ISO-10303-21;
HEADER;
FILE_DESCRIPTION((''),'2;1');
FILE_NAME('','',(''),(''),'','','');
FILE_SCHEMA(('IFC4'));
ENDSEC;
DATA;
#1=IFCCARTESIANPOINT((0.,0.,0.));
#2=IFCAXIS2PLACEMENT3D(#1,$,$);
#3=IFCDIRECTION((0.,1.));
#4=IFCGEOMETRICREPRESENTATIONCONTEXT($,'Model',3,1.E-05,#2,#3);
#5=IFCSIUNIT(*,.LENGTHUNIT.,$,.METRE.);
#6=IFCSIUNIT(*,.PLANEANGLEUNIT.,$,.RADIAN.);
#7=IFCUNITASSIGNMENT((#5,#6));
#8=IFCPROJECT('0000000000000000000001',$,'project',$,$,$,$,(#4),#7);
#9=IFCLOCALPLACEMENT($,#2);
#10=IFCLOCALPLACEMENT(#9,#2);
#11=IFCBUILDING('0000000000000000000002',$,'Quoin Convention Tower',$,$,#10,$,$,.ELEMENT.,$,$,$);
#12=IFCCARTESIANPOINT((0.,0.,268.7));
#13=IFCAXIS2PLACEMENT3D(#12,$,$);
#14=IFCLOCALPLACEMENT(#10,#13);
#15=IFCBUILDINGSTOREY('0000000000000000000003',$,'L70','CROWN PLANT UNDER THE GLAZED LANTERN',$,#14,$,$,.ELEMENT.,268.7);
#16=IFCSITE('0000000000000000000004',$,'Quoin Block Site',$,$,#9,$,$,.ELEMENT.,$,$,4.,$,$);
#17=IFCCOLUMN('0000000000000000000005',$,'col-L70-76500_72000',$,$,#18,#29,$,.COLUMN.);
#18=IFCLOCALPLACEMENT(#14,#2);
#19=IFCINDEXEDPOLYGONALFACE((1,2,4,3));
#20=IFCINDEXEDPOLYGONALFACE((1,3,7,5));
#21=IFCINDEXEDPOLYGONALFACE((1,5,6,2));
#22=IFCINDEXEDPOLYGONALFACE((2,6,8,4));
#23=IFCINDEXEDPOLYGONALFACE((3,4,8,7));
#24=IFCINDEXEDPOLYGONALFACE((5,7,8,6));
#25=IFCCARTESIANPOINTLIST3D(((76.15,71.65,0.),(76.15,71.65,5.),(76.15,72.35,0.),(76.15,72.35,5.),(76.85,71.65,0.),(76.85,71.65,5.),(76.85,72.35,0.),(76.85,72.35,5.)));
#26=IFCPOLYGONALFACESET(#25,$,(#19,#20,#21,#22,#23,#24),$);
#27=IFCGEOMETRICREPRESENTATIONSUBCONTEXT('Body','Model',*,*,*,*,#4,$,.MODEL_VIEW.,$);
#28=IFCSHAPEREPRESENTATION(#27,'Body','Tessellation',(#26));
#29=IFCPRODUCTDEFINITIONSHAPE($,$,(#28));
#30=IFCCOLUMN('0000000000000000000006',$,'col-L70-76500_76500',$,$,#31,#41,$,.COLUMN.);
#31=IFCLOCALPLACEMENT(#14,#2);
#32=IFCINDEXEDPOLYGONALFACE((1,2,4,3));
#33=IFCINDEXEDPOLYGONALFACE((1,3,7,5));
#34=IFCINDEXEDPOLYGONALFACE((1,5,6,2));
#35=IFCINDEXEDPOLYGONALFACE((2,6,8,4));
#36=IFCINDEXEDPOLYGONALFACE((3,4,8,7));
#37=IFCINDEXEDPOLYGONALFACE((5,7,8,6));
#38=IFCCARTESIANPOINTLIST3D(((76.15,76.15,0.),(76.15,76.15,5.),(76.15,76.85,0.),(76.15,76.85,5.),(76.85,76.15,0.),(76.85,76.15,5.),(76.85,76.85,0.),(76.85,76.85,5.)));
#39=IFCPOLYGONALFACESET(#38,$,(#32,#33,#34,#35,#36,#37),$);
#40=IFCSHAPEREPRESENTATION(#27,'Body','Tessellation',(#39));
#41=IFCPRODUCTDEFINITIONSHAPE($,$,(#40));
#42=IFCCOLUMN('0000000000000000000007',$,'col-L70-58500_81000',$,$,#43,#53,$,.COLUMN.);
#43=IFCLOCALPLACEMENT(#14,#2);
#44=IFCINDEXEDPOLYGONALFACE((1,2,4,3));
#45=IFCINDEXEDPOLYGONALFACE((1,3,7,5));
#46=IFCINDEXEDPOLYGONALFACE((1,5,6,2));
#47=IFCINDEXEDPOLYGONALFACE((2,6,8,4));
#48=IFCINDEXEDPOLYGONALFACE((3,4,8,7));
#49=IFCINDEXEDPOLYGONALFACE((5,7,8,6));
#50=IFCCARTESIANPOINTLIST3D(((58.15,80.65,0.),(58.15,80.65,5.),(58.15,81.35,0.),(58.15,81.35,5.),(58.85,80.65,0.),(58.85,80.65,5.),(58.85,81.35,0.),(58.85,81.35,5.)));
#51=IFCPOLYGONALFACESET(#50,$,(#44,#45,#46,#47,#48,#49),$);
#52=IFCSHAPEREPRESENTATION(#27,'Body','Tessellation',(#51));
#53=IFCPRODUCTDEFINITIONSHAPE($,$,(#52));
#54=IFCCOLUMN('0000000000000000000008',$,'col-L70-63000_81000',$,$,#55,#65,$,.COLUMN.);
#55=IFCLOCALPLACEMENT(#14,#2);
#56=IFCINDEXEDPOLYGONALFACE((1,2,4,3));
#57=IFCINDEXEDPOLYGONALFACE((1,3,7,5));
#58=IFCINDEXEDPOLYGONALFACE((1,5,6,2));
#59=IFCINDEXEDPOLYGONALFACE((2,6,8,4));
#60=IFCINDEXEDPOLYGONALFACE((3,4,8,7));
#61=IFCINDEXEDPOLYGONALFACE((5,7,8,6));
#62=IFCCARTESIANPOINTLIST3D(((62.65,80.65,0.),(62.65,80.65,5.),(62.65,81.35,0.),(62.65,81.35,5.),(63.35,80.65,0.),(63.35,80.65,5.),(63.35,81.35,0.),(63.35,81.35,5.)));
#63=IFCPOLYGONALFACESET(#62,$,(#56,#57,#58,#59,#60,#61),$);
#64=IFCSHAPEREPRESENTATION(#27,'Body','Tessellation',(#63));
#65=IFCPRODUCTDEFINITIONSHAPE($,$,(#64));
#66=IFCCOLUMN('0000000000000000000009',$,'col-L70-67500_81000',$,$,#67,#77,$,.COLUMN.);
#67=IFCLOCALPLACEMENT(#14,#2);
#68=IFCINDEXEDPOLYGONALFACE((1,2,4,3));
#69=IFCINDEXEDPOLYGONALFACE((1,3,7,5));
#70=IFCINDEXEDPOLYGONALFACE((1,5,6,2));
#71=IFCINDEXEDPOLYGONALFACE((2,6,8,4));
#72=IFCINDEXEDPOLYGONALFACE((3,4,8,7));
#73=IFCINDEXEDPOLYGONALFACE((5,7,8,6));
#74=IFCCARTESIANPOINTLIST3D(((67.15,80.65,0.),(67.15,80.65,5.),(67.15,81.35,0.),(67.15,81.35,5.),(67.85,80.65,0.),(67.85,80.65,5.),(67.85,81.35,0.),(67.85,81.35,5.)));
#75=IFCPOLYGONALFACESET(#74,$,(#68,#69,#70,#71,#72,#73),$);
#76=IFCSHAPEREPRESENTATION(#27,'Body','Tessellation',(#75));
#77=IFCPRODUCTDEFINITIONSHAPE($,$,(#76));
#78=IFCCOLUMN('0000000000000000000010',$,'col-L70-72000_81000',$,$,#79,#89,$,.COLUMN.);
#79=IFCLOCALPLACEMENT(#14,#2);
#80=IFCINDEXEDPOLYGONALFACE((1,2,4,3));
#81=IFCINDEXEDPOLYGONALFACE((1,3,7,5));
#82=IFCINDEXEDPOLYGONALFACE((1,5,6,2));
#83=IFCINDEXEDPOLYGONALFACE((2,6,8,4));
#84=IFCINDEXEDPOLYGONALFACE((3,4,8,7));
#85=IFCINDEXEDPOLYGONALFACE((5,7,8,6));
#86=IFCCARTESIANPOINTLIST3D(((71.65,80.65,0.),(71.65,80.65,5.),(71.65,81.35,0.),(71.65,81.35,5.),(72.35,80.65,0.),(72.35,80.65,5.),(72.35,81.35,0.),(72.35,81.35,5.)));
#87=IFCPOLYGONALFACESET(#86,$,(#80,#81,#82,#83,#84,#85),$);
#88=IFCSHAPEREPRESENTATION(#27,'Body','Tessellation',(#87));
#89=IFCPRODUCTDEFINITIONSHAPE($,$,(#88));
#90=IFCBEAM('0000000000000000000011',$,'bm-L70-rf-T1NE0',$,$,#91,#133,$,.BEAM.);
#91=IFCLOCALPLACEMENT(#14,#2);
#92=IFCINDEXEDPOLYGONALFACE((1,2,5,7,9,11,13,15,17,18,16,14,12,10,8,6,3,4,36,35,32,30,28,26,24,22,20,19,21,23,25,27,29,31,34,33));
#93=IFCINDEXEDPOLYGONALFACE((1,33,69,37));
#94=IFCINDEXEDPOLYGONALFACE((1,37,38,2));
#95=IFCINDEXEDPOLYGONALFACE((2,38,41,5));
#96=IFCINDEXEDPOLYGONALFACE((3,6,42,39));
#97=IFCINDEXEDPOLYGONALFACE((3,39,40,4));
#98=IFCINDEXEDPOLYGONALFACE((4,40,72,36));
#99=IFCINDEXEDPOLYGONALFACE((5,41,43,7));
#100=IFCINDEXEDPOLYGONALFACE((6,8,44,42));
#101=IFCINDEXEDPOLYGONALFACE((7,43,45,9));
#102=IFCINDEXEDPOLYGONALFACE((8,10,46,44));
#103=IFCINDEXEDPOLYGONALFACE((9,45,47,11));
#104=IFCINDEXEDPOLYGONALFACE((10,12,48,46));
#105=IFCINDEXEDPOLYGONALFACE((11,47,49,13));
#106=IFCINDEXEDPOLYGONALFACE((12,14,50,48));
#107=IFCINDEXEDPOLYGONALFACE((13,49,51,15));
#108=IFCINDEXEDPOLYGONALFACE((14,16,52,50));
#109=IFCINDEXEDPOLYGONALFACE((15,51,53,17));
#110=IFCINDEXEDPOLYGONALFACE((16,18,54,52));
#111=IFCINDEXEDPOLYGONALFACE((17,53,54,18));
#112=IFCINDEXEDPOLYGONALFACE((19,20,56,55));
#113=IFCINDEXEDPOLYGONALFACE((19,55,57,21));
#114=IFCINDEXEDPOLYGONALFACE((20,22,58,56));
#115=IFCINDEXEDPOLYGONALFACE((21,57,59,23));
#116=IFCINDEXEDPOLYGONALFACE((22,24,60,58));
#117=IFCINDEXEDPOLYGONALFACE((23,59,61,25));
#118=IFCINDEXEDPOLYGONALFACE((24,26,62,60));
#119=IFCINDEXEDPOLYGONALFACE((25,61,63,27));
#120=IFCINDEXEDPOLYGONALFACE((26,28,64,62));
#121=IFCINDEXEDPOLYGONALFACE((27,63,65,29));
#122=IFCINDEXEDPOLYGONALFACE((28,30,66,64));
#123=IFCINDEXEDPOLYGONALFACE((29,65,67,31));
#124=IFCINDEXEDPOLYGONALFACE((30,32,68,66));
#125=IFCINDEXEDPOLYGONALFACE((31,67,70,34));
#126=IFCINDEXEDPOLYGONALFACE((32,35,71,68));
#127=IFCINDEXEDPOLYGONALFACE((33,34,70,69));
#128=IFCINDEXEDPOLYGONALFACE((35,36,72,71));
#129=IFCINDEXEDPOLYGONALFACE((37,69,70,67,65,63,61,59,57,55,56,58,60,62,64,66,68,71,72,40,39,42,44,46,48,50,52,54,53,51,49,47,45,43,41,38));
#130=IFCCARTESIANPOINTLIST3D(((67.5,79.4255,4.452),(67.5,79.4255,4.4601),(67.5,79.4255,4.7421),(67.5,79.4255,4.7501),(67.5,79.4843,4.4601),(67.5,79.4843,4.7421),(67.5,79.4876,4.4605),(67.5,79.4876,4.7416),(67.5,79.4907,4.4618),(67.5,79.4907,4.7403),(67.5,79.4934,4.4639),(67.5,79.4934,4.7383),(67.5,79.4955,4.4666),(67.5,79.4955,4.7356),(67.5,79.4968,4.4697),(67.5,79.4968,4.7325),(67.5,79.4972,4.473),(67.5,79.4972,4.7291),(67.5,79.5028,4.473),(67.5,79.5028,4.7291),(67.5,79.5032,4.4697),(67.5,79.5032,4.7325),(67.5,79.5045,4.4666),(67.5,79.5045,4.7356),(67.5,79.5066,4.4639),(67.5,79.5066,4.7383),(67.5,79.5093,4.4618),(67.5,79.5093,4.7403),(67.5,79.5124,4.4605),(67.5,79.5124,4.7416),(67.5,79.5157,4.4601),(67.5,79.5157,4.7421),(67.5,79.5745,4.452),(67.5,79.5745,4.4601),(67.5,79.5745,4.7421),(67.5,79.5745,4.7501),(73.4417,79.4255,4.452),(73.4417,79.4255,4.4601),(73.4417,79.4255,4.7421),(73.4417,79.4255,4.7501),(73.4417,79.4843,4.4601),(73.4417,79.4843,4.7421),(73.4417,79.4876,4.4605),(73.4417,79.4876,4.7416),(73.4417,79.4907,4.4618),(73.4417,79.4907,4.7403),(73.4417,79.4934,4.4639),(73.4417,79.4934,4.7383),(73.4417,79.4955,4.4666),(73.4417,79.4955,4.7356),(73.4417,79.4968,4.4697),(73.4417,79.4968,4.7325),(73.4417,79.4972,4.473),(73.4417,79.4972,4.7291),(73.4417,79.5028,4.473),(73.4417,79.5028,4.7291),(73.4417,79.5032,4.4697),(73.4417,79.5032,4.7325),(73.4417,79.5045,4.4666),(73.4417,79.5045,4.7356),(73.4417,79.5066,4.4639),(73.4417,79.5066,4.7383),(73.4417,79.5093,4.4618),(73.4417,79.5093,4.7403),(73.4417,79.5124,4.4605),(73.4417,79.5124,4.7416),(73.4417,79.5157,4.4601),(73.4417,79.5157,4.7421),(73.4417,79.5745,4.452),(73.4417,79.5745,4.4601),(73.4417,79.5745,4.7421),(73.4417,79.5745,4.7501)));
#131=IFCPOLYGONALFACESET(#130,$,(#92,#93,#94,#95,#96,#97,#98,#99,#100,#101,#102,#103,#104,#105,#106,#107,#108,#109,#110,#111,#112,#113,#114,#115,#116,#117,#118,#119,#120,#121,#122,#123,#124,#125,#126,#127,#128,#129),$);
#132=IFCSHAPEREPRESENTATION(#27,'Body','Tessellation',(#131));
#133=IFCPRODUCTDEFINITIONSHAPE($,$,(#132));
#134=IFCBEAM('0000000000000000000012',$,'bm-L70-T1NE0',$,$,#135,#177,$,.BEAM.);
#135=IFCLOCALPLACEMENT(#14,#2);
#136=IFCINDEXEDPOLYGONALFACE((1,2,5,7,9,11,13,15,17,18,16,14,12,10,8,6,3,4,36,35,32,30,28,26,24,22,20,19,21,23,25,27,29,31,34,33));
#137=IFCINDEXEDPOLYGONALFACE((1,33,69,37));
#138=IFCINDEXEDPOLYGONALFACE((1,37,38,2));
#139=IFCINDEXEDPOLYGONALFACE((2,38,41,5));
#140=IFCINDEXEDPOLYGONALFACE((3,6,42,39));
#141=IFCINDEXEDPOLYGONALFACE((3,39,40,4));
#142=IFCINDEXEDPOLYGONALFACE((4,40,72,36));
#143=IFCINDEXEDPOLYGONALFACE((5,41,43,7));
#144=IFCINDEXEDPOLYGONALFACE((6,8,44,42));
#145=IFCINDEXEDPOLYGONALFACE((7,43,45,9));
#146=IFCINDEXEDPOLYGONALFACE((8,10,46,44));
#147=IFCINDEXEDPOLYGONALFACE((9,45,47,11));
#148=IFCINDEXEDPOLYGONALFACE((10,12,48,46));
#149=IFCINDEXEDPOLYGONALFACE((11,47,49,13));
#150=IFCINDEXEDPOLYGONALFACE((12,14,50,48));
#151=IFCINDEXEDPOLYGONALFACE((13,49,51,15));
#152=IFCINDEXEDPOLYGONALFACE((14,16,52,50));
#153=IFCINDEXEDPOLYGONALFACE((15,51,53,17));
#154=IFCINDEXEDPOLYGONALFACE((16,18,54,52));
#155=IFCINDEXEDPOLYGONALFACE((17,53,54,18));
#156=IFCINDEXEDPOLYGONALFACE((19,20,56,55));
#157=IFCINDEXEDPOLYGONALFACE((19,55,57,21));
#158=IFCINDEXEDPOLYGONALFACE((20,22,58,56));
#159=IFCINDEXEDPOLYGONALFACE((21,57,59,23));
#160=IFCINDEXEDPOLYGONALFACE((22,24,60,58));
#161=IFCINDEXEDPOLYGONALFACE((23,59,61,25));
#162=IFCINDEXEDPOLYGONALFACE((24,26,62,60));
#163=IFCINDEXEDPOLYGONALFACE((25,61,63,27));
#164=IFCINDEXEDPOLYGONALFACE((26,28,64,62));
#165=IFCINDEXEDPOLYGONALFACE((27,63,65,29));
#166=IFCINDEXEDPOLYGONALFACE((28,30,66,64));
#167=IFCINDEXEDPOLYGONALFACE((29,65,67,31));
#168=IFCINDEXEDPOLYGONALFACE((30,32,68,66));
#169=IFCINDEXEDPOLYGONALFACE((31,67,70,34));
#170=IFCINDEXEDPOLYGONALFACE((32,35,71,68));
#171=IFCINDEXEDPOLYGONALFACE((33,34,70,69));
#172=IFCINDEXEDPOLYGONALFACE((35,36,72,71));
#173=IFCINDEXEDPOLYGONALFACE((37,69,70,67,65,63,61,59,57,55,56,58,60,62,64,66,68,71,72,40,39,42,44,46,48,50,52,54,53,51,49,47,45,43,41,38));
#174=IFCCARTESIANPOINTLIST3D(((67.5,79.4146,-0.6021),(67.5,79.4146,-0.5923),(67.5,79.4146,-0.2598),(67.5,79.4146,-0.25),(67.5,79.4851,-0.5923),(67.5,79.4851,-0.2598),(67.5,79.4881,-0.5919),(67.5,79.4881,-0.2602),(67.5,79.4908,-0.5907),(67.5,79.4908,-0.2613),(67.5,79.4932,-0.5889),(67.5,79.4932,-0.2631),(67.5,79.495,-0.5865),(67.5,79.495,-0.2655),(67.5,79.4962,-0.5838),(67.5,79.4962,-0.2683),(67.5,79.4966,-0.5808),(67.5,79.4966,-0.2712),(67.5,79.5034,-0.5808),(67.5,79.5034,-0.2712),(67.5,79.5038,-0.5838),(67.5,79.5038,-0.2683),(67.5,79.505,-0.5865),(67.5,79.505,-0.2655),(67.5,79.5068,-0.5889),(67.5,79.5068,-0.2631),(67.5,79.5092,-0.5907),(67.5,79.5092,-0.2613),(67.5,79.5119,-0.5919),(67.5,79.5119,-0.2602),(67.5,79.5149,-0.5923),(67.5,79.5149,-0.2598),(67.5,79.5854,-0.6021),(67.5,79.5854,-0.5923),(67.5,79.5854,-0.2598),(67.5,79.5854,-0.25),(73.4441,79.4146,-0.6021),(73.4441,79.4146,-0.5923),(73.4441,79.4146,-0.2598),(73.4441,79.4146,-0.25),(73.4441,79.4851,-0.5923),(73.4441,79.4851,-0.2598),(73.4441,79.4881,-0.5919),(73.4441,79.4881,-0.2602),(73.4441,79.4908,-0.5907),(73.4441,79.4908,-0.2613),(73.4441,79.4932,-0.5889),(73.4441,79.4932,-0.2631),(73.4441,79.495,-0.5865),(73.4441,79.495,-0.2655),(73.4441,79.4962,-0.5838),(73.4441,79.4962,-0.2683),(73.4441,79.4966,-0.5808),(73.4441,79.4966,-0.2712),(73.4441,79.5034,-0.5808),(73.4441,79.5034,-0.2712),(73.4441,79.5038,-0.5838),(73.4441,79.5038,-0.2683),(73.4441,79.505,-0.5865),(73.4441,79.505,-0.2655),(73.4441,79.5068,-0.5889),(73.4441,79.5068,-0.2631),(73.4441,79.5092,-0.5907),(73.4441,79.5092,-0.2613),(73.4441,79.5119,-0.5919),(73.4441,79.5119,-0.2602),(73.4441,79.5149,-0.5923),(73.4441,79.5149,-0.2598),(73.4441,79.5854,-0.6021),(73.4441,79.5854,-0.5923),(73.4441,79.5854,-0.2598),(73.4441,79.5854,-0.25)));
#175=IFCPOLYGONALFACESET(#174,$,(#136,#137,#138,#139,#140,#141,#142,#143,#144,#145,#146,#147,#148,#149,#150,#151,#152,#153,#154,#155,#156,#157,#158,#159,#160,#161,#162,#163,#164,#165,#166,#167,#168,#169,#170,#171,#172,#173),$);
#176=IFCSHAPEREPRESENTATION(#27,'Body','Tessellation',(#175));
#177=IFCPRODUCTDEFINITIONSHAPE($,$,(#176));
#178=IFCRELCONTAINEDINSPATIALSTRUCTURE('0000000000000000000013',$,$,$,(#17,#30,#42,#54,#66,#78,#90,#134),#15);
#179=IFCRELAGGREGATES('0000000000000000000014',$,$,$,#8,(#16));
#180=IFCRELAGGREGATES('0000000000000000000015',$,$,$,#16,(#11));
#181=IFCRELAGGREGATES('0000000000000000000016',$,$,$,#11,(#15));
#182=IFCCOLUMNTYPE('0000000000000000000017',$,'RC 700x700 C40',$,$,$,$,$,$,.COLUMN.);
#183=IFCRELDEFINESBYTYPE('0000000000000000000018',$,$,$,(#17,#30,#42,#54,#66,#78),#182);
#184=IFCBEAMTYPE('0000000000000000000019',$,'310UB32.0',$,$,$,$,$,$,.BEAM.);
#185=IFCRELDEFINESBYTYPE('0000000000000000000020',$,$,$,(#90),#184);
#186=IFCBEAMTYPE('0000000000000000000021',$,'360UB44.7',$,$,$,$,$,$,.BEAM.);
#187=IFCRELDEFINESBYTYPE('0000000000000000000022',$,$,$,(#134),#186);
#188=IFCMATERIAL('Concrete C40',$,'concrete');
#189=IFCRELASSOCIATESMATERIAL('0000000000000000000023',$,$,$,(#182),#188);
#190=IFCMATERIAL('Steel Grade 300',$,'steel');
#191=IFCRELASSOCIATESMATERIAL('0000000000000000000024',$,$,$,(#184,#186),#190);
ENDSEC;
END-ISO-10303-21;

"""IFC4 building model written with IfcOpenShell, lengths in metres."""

from ifc_helpers import new_model, si_unit, direction, frame, origin, origin_2d, place, context, subcontext, project, spatial, rectangle, i_section, extrude, material, material_profile, profile_set, type_object, element, save


model = new_model("IFC4")

# Units and contexts
model_context = context("Model", 3, precision=1e-05, world=origin(), true_north=direction((0.0, 1.0)))
body_context = subcontext(model_context, "Body", "Model", "MODEL_VIEW")
ifc_project = project(units=[si_unit("LENGTHUNIT", "METRE"), si_unit("PLANEANGLEUNIT", "RADIAN")], contexts=[model_context])

# Site, building, storey
site_placement = place(None, origin())
site = spatial("IfcSite", under=ifc_project, at=site_placement, Name="Quoin Block Site", CompositionType="ELEMENT", RefElevation=4.0)
building_placement = place(site_placement, origin())
building = spatial("IfcBuilding", under=site, at=building_placement, Name="Quoin Convention Tower", CompositionType="ELEMENT")
storey_placement = place(building_placement, frame((0.0, 0.0, 268.7)))
storey = spatial("IfcBuildingStorey", under=building, at=storey_placement, Name="L70", Description="CROWN PLANT UNDER THE GLAZED LANTERN", CompositionType="ELEMENT", Elevation=268.7)

# Columns
ifc_material_1 = material(Name="Concrete C40", Category="concrete")
ifc_material_profile_1 = material_profile(ifc_material_1, rectangle(XDim=0.7, YDim=0.7, at=origin_2d()), Name="RC 700x700")
ifc_profile_set_1 = profile_set([ifc_material_profile_1], Name="Concrete C40")
column_type = type_object("IfcColumnType", Name="RC 700x700 C40", PredefinedType="COLUMN", material=ifc_profile_set_1)
for number, where, z_axis, x_axis, name in (
    (1, (76.5, 72.0, 0.0), (0.0, 0.0, 1.0), (1.0, 0.0, 0.0), "col-L70-76500_72000"),
    (2, (76.5, 76.5, 0.0), (0.0, 0.0, 1.0), (1.0, 0.0, 0.0), "col-L70-76500_76500"),
    (3, (58.5, 81.0, 0.0), (0.0, 0.0, 1.0), (1.0, 0.0, 0.0), "col-L70-58500_81000"),
    (4, (63.0, 81.0, 0.0), (0.0, 0.0, 1.0), (1.0, 0.0, 0.0), "col-L70-63000_81000"),
    (5, (67.5, 81.0, 0.0), (0.0, 0.0, 1.0), (1.0, 0.0, 0.0), "col-L70-67500_81000"),
    (6, (72.0, 81.0, 0.0), (0.0, 0.0, 1.0), (1.0, 0.0, 0.0), "col-L70-72000_81000"),
):
    element("IfcColumn", number, at=place(storey_placement, frame(where, z_axis=z_axis, x_axis=x_axis)), inside=storey, type_object=column_type, Name=name, PredefinedType="COLUMN", context=body_context, shape_type="SweptSolid", body=[
        extrude(rectangle(XDim=0.7, YDim=0.7, at=origin_2d()), origin(), (0.0, 0.0, 1.0), 5.0),
    ])

# Beams
ifc_material_2 = material(Name="Steel Grade 300", Category="steel")
ifc_material_profile_2 = material_profile(ifc_material_2, i_section(OverallWidth=0.1489, OverallDepth=0.2981, WebThickness=0.0056, FlangeThickness=0.0081, FilletRadius=0.0129, at=origin_2d()), Name="310UB32.0")
ifc_profile_set_2 = profile_set([ifc_material_profile_2], Name="Steel Grade 300")
beam_type_1 = type_object("IfcBeamType", Name="310UB32.0", PredefinedType="BEAM", material=ifc_profile_set_2)
beam_1_placement = place(storey_placement, frame((67.5, 79.5, 4.6011), z_axis=(1.0, 0.0, 0.0), x_axis=(0.0, 1.0, 0.0)))
element("IfcBeam", 7, at=beam_1_placement, inside=storey, type_object=beam_type_1, Name="bm-L70-rf-T1NE0", PredefinedType="BEAM", context=body_context, shape_type="SweptSolid", body=[
    extrude(i_section(OverallWidth=0.1489, OverallDepth=0.2981, WebThickness=0.0056, FlangeThickness=0.0081, FilletRadius=0.0129, at=origin_2d()), origin(), (0.0, 0.0, 1.0), 5.9417),
])
ifc_material_profile_3 = material_profile(ifc_material_2, i_section(OverallWidth=0.1709, OverallDepth=0.3521, WebThickness=0.0068, FlangeThickness=0.0098, FilletRadius=0.0115, at=origin_2d()), Name="360UB44.7")
ifc_profile_set_3 = profile_set([ifc_material_profile_3], Name="Steel Grade 300")
beam_type_2 = type_object("IfcBeamType", Name="360UB44.7", PredefinedType="BEAM", material=ifc_profile_set_3)
beam_2_placement = place(storey_placement, frame((67.5, 79.5, -0.426), z_axis=(1.0, 0.0, 0.0), x_axis=(0.0, 1.0, 0.0)))
element("IfcBeam", 8, at=beam_2_placement, inside=storey, type_object=beam_type_2, Name="bm-L70-T1NE0", PredefinedType="BEAM", context=body_context, shape_type="SweptSolid", body=[
    extrude(i_section(OverallWidth=0.1709, OverallDepth=0.3521, WebThickness=0.0068, FlangeThickness=0.0098, FilletRadius=0.0115, at=origin_2d()), origin(), (0.0, 0.0, 1.0), 5.9441),
])

save(model, "model.ifc")
